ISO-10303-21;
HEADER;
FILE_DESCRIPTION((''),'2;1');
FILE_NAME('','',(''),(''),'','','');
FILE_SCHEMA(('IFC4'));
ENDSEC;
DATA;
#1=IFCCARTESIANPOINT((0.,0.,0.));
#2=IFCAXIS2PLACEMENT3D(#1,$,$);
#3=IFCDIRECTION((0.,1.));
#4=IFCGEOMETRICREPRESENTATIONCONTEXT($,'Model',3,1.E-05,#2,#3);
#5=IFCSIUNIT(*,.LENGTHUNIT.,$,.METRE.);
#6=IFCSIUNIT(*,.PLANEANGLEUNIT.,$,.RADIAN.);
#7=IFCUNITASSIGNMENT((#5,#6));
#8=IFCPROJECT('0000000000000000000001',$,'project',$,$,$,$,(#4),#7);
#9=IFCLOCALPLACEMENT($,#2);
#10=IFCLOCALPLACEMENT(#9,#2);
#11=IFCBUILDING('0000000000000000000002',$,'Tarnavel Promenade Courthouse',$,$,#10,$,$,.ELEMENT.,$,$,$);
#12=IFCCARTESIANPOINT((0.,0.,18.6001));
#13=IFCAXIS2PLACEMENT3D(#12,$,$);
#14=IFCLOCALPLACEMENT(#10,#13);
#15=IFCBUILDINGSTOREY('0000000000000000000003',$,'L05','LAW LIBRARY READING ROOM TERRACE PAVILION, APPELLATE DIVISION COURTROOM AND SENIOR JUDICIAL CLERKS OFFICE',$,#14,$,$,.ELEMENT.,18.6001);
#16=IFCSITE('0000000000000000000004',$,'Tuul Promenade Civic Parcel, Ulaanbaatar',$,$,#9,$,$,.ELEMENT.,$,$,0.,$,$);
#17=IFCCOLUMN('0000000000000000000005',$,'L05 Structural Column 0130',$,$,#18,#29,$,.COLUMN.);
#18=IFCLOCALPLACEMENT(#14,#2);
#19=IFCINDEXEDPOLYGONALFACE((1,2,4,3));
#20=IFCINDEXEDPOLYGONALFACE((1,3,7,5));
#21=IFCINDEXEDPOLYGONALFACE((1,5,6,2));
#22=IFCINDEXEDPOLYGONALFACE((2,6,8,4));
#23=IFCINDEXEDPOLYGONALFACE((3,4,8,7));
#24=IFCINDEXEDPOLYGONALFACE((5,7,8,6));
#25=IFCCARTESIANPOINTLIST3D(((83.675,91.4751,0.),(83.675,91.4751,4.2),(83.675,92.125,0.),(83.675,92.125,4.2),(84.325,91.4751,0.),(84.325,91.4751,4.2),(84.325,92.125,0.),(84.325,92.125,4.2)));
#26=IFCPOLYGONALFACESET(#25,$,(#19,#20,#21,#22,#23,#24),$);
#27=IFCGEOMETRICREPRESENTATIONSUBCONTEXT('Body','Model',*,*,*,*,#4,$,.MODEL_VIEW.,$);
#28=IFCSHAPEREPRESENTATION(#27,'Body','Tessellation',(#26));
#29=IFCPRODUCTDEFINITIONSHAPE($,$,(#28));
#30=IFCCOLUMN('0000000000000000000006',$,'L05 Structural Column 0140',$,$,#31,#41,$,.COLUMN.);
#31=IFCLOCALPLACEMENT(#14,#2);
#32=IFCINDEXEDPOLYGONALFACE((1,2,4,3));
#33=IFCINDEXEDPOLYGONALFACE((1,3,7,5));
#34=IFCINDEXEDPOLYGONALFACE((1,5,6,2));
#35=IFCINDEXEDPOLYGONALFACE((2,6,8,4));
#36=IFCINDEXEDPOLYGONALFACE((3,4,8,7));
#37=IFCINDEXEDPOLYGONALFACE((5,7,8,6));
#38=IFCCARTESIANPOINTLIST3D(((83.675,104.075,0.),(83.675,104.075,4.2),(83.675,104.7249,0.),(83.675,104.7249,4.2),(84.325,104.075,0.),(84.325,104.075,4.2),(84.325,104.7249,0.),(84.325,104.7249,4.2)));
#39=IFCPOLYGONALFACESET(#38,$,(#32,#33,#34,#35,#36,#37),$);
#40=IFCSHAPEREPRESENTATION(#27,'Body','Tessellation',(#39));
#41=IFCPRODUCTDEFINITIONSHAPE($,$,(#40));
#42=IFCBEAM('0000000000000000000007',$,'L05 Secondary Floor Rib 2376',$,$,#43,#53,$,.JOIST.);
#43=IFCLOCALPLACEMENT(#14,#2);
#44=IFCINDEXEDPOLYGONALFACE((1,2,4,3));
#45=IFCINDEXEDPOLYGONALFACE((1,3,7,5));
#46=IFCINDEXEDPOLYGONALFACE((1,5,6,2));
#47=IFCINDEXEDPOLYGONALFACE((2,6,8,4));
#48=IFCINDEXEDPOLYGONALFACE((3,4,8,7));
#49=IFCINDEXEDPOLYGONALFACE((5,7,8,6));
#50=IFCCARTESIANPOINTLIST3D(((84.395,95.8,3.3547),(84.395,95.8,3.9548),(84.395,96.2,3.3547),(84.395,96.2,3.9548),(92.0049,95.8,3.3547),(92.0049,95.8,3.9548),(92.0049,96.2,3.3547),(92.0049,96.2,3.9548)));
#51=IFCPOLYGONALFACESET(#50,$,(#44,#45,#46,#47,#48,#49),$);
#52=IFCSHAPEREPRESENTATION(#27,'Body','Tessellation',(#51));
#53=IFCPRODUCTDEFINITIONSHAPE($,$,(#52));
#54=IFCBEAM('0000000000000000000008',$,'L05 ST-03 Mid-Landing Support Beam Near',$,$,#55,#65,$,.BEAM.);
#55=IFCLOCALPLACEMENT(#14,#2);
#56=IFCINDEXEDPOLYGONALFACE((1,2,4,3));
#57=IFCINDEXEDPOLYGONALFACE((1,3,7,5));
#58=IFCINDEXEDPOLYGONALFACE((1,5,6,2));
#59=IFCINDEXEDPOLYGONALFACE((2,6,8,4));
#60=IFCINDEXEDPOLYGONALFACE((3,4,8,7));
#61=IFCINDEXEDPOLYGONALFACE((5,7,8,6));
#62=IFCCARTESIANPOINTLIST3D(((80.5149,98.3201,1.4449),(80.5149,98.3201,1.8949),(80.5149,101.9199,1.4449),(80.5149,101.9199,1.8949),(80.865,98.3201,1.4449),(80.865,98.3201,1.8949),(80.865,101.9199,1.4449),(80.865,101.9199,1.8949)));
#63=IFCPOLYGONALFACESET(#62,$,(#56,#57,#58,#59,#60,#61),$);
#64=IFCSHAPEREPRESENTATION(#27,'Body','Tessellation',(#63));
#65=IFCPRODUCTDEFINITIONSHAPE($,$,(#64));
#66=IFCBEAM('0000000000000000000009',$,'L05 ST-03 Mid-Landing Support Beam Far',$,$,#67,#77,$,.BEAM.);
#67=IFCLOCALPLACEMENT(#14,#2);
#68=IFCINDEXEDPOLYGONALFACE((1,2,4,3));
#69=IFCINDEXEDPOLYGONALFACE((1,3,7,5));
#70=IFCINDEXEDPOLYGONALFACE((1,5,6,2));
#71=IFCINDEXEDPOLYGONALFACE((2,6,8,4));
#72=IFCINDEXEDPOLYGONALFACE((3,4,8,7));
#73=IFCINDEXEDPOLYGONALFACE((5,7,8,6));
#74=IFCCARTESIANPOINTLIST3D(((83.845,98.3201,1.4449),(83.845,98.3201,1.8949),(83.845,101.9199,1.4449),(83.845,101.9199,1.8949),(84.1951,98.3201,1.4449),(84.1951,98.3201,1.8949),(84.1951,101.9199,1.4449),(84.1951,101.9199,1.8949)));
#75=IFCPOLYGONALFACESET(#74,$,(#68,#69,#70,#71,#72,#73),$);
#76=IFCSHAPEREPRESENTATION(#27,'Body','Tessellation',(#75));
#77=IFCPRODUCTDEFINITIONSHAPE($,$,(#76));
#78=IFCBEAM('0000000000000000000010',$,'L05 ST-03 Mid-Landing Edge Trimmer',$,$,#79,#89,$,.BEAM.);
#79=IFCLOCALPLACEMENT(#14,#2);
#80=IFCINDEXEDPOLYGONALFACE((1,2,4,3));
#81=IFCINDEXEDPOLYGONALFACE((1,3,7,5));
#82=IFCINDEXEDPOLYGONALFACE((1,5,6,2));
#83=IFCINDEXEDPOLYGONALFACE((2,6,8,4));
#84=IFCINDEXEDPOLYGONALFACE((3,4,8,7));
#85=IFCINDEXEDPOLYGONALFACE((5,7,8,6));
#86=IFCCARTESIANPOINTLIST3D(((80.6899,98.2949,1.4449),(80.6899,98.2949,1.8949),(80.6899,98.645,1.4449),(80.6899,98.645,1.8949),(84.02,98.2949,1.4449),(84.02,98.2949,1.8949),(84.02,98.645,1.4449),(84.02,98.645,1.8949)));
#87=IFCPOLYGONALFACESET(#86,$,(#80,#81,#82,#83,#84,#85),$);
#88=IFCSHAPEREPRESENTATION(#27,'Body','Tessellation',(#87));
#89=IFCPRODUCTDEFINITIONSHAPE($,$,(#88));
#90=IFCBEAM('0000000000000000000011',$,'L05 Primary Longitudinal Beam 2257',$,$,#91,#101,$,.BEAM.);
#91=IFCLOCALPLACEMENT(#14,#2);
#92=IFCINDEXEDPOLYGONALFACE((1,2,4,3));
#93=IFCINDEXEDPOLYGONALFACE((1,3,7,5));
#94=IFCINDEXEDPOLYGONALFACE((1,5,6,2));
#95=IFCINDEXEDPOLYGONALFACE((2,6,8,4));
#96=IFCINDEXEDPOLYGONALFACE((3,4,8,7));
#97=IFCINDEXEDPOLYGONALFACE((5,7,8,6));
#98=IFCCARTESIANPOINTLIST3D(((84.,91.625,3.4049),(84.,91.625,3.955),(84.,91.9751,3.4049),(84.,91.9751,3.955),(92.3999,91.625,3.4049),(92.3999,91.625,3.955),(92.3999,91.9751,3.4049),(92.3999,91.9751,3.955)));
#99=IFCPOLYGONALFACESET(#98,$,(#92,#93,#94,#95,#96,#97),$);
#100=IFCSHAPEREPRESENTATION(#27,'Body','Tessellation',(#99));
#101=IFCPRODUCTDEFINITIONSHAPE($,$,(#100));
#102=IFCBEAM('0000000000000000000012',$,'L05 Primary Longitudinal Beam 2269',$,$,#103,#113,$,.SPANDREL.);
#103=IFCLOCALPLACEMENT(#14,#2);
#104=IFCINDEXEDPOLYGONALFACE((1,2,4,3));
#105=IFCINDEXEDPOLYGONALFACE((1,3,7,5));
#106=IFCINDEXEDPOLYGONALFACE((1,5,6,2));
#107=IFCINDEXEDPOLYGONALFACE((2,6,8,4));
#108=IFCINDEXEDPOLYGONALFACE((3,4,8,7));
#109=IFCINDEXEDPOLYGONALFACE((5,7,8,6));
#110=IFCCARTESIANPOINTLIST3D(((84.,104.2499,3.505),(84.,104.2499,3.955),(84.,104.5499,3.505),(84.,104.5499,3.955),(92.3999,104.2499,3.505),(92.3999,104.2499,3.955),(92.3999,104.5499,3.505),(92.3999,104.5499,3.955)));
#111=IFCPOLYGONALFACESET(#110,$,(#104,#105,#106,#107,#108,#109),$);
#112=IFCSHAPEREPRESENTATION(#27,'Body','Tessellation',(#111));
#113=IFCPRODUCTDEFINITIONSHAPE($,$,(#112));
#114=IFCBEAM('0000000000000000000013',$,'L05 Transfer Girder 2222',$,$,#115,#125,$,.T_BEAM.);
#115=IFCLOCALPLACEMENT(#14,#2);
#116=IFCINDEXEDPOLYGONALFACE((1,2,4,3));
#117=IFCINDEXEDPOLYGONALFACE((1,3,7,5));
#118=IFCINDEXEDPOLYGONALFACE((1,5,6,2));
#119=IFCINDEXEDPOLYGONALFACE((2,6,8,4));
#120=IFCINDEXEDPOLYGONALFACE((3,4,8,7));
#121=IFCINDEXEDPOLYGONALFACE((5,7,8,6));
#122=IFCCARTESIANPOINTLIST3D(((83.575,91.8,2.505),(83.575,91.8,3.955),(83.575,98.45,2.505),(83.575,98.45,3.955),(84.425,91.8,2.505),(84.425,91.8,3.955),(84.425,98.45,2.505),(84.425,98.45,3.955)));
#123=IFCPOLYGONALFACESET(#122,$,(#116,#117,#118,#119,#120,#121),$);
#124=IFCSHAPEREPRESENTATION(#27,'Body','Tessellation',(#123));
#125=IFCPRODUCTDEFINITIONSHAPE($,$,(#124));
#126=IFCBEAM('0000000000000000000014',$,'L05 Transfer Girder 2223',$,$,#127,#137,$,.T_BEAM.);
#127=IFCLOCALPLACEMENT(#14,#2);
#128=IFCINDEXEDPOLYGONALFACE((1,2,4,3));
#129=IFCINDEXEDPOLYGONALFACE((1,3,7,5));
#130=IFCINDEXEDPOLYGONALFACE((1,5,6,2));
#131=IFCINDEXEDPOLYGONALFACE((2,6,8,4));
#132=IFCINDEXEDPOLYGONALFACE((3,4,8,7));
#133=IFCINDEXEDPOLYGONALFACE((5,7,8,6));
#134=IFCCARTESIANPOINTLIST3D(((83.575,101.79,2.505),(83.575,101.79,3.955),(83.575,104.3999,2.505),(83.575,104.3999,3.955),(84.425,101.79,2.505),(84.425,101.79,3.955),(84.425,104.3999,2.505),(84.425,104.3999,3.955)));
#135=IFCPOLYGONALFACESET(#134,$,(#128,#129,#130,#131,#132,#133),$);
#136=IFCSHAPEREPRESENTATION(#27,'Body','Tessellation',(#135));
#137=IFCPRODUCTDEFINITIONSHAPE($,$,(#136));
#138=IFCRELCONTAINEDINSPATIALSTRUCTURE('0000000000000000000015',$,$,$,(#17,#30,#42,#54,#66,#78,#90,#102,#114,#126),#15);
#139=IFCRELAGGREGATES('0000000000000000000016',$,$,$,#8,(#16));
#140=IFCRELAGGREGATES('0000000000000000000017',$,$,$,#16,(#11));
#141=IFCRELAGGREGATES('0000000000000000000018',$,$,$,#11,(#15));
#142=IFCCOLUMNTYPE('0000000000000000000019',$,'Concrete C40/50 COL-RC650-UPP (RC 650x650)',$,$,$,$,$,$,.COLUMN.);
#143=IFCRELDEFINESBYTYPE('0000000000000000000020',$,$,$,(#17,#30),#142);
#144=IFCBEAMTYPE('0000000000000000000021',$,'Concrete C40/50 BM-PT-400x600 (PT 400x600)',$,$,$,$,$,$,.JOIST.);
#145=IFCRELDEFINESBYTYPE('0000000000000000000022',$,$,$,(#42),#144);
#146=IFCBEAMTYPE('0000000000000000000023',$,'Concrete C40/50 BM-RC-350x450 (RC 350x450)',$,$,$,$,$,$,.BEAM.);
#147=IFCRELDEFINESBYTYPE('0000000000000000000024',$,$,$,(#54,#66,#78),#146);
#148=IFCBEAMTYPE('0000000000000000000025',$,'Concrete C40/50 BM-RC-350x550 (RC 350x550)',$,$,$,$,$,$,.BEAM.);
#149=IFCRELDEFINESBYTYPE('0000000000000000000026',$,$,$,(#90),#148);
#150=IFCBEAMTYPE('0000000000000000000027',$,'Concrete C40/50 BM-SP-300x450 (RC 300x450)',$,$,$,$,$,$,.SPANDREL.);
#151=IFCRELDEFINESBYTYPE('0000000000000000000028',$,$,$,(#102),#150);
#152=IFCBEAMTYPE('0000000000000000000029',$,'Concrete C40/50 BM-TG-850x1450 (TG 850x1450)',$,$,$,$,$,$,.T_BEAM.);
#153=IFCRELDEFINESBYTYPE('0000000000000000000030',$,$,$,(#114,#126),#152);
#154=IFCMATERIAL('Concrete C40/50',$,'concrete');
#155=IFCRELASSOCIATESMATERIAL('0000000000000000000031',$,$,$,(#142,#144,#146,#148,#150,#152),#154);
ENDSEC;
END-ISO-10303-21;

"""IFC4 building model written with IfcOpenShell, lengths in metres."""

from ifc_helpers import new_model, si_unit, direction, frame, origin, origin_2d, place, context, subcontext, project, spatial, rectangle, extrude, material, material_profile, profile_set, type_object, element, save


model = new_model("IFC4")

# Units and contexts
model_context = context("Model", 3, precision=1e-05, world=origin(), true_north=direction((0.0, 1.0)))
body_context = subcontext(model_context, "Body", "Model", "MODEL_VIEW")
ifc_project = project(units=[si_unit("LENGTHUNIT", "METRE"), si_unit("PLANEANGLEUNIT", "RADIAN")], contexts=[model_context])

# Site, building, storey
site_placement = place(None, origin())
site = spatial("IfcSite", under=ifc_project, at=site_placement, Name="Tuul Promenade Civic Parcel, Ulaanbaatar", CompositionType="ELEMENT", RefElevation=0.0)
building_placement = place(site_placement, origin())
building = spatial("IfcBuilding", under=site, at=building_placement, Name="Tarnavel Promenade Courthouse", CompositionType="ELEMENT")
storey_placement = place(building_placement, frame((0.0, 0.0, 18.6001)))
storey = spatial("IfcBuildingStorey", under=building, at=storey_placement, Name="L05", Description="LAW LIBRARY READING ROOM TERRACE PAVILION, APPELLATE DIVISION COURTROOM AND SENIOR JUDICIAL CLERKS OFFICE", CompositionType="ELEMENT", Elevation=18.6001)

# Columns
ifc_material_1 = material(Name="Concrete C40/50", Category="concrete")
ifc_material_profile_1 = material_profile(ifc_material_1, rectangle(XDim=0.6499, YDim=0.6499, at=origin_2d()), Name="RC 650x650")
ifc_profile_set_1 = profile_set([ifc_material_profile_1], Name="Concrete C40/50")
column_type = type_object("IfcColumnType", Name="Concrete C40/50 COL-RC650-UPP (RC 650x650)", PredefinedType="COLUMN", material=ifc_profile_set_1)
for number, where, z_axis, x_axis, name in (
    (1, (84.0, 91.8, 0.0), (0.0, 0.0, 1.0), (1.0, 0.0, 0.0), "L05 Structural Column 0130"),
    (2, (84.0, 104.3999, 0.0), (0.0, 0.0, 1.0), (1.0, 0.0, 0.0), "L05 Structural Column 0140"),
):
    element("IfcColumn", number, at=place(storey_placement, frame(where, z_axis=z_axis, x_axis=x_axis)), inside=storey, type_object=column_type, Name=name, PredefinedType="COLUMN", context=body_context, shape_type="SweptSolid", body=[
        extrude(rectangle(XDim=0.6499, YDim=0.6499, at=origin_2d()), origin(), (0.0, 0.0, 1.0), 4.2),
    ])

# Beams
ifc_material_profile_2 = material_profile(ifc_material_1, rectangle(XDim=0.3999, YDim=0.6001, at=origin_2d()), Name="PT 400x600")
ifc_profile_set_2 = profile_set([ifc_material_profile_2], Name="Concrete C40/50")
beam_type_1 = type_object("IfcBeamType", Name="Concrete C40/50 BM-PT-400x600 (PT 400x600)", PredefinedType="JOIST", material=ifc_profile_set_2)
beam_1_placement = place(storey_placement, frame((84.395, 96.0, 3.6548), z_axis=(1.0, 0.0, 0.0), x_axis=(0.0, 1.0, 0.0)))
element("IfcBeam", 3, at=beam_1_placement, inside=storey, type_object=beam_type_1, Name="L05 Secondary Floor Rib 2376", PredefinedType="JOIST", context=body_context, shape_type="SweptSolid", body=[
    extrude(rectangle(XDim=0.3999, YDim=0.6001, at=origin_2d()), origin(), (0.0, 0.0, 1.0), 7.6099),
])
ifc_material_profile_3 = material_profile(ifc_material_1, rectangle(XDim=0.3501, YDim=0.45, at=origin_2d()), Name="RC 350x450")
ifc_profile_set_3 = profile_set([ifc_material_profile_3], Name="Concrete C40/50")
beam_type_2 = type_object("IfcBeamType", Name="Concrete C40/50 BM-RC-350x450 (RC 350x450)", PredefinedType="BEAM", material=ifc_profile_set_3)
for number, where, z_axis, x_axis, name in (
    (4, (80.6899, 98.3201, 1.6699), (0.0, 1.0, 0.0), (-1.0, 0.0, 0.0), "L05 ST-03 Mid-Landing Support Beam Near"),
    (5, (84.02, 98.3201, 1.6699), (0.0, 1.0, 0.0), (-1.0, 0.0, 0.0), "L05 ST-03 Mid-Landing Support Beam Far"),
):
    element("IfcBeam", number, at=place(storey_placement, frame(where, z_axis=z_axis, x_axis=x_axis)), inside=storey, type_object=beam_type_2, Name=name, PredefinedType="BEAM", context=body_context, shape_type="SweptSolid", body=[
        extrude(rectangle(XDim=0.3501, YDim=0.45, at=origin_2d()), origin(), (0.0, 0.0, 1.0), 3.5999),
    ])
beam_2_placement = place(storey_placement, frame((80.6899, 98.47, 1.6699), z_axis=(1.0, 0.0, 0.0), x_axis=(0.0, 1.0, 0.0)))
element("IfcBeam", 6, at=beam_2_placement, inside=storey, type_object=beam_type_2, Name="L05 ST-03 Mid-Landing Edge Trimmer", PredefinedType="BEAM", context=body_context, shape_type="SweptSolid", body=[
    extrude(rectangle(XDim=0.3501, YDim=0.45, at=origin_2d()), origin(), (0.0, 0.0, 1.0), 3.3301),
])
ifc_material_profile_4 = material_profile(ifc_material_1, rectangle(XDim=0.3501, YDim=0.55, at=origin_2d()), Name="RC 350x550")
ifc_profile_set_4 = profile_set([ifc_material_profile_4], Name="Concrete C40/50")
beam_type_3 = type_object("IfcBeamType", Name="Concrete C40/50 BM-RC-350x550 (RC 350x550)", PredefinedType="BEAM", material=ifc_profile_set_4)
beam_3_placement = place(storey_placement, frame((84.0, 91.8, 3.6799), z_axis=(1.0, 0.0, 0.0), x_axis=(0.0, 1.0, 0.0)))
element("IfcBeam", 7, at=beam_3_placement, inside=storey, type_object=beam_type_3, Name="L05 Primary Longitudinal Beam 2257", PredefinedType="BEAM", context=body_context, shape_type="SweptSolid", body=[
    extrude(rectangle(XDim=0.3501, YDim=0.55, at=origin_2d()), origin(), (0.0, 0.0, 1.0), 8.3999),
])
ifc_material_profile_5 = material_profile(ifc_material_1, rectangle(XDim=0.3, YDim=0.45, at=origin_2d()), Name="RC 300x450")
ifc_profile_set_5 = profile_set([ifc_material_profile_5], Name="Concrete C40/50")
beam_type_4 = type_object("IfcBeamType", Name="Concrete C40/50 BM-SP-300x450 (RC 300x450)", PredefinedType="SPANDREL", material=ifc_profile_set_5)
beam_4_placement = place(storey_placement, frame((84.0, 104.3999, 3.73), z_axis=(1.0, 0.0, 0.0), x_axis=(0.0, 1.0, 0.0)))
element("IfcBeam", 8, at=beam_4_placement, inside=storey, type_object=beam_type_4, Name="L05 Primary Longitudinal Beam 2269", PredefinedType="SPANDREL", context=body_context, shape_type="SweptSolid", body=[
    extrude(rectangle(XDim=0.3, YDim=0.45, at=origin_2d()), origin(), (0.0, 0.0, 1.0), 8.3999),
])
ifc_material_profile_6 = material_profile(ifc_material_1, rectangle(XDim=0.8501, YDim=1.45, at=origin_2d()), Name="TG 850x1450")
ifc_profile_set_6 = profile_set([ifc_material_profile_6], Name="Concrete C40/50")
beam_type_5 = type_object("IfcBeamType", Name="Concrete C40/50 BM-TG-850x1450 (TG 850x1450)", PredefinedType="T_BEAM", material=ifc_profile_set_6)
beam_5_placement = place(storey_placement, frame((84.0, 91.8, 3.23), z_axis=(0.0, 1.0, 0.0), x_axis=(-1.0, 0.0, 0.0)))
element("IfcBeam", 9, at=beam_5_placement, inside=storey, type_object=beam_type_5, Name="L05 Transfer Girder 2222", PredefinedType="T_BEAM", context=body_context, shape_type="SweptSolid", body=[
    extrude(rectangle(XDim=0.8501, YDim=1.45, at=origin_2d()), origin(), (0.0, 0.0, 1.0), 6.6499),
])
beam_6_placement = place(storey_placement, frame((84.0, 101.79, 3.23), z_axis=(0.0, 1.0, 0.0), x_axis=(-1.0, 0.0, 0.0)))
element("IfcBeam", 10, at=beam_6_placement, inside=storey, type_object=beam_type_5, Name="L05 Transfer Girder 2223", PredefinedType="T_BEAM", context=body_context, shape_type="SweptSolid", body=[
    extrude(rectangle(XDim=0.8501, YDim=1.45, at=origin_2d()), origin(), (0.0, 0.0, 1.0), 2.6099),
])

save(model, "model.ifc")
